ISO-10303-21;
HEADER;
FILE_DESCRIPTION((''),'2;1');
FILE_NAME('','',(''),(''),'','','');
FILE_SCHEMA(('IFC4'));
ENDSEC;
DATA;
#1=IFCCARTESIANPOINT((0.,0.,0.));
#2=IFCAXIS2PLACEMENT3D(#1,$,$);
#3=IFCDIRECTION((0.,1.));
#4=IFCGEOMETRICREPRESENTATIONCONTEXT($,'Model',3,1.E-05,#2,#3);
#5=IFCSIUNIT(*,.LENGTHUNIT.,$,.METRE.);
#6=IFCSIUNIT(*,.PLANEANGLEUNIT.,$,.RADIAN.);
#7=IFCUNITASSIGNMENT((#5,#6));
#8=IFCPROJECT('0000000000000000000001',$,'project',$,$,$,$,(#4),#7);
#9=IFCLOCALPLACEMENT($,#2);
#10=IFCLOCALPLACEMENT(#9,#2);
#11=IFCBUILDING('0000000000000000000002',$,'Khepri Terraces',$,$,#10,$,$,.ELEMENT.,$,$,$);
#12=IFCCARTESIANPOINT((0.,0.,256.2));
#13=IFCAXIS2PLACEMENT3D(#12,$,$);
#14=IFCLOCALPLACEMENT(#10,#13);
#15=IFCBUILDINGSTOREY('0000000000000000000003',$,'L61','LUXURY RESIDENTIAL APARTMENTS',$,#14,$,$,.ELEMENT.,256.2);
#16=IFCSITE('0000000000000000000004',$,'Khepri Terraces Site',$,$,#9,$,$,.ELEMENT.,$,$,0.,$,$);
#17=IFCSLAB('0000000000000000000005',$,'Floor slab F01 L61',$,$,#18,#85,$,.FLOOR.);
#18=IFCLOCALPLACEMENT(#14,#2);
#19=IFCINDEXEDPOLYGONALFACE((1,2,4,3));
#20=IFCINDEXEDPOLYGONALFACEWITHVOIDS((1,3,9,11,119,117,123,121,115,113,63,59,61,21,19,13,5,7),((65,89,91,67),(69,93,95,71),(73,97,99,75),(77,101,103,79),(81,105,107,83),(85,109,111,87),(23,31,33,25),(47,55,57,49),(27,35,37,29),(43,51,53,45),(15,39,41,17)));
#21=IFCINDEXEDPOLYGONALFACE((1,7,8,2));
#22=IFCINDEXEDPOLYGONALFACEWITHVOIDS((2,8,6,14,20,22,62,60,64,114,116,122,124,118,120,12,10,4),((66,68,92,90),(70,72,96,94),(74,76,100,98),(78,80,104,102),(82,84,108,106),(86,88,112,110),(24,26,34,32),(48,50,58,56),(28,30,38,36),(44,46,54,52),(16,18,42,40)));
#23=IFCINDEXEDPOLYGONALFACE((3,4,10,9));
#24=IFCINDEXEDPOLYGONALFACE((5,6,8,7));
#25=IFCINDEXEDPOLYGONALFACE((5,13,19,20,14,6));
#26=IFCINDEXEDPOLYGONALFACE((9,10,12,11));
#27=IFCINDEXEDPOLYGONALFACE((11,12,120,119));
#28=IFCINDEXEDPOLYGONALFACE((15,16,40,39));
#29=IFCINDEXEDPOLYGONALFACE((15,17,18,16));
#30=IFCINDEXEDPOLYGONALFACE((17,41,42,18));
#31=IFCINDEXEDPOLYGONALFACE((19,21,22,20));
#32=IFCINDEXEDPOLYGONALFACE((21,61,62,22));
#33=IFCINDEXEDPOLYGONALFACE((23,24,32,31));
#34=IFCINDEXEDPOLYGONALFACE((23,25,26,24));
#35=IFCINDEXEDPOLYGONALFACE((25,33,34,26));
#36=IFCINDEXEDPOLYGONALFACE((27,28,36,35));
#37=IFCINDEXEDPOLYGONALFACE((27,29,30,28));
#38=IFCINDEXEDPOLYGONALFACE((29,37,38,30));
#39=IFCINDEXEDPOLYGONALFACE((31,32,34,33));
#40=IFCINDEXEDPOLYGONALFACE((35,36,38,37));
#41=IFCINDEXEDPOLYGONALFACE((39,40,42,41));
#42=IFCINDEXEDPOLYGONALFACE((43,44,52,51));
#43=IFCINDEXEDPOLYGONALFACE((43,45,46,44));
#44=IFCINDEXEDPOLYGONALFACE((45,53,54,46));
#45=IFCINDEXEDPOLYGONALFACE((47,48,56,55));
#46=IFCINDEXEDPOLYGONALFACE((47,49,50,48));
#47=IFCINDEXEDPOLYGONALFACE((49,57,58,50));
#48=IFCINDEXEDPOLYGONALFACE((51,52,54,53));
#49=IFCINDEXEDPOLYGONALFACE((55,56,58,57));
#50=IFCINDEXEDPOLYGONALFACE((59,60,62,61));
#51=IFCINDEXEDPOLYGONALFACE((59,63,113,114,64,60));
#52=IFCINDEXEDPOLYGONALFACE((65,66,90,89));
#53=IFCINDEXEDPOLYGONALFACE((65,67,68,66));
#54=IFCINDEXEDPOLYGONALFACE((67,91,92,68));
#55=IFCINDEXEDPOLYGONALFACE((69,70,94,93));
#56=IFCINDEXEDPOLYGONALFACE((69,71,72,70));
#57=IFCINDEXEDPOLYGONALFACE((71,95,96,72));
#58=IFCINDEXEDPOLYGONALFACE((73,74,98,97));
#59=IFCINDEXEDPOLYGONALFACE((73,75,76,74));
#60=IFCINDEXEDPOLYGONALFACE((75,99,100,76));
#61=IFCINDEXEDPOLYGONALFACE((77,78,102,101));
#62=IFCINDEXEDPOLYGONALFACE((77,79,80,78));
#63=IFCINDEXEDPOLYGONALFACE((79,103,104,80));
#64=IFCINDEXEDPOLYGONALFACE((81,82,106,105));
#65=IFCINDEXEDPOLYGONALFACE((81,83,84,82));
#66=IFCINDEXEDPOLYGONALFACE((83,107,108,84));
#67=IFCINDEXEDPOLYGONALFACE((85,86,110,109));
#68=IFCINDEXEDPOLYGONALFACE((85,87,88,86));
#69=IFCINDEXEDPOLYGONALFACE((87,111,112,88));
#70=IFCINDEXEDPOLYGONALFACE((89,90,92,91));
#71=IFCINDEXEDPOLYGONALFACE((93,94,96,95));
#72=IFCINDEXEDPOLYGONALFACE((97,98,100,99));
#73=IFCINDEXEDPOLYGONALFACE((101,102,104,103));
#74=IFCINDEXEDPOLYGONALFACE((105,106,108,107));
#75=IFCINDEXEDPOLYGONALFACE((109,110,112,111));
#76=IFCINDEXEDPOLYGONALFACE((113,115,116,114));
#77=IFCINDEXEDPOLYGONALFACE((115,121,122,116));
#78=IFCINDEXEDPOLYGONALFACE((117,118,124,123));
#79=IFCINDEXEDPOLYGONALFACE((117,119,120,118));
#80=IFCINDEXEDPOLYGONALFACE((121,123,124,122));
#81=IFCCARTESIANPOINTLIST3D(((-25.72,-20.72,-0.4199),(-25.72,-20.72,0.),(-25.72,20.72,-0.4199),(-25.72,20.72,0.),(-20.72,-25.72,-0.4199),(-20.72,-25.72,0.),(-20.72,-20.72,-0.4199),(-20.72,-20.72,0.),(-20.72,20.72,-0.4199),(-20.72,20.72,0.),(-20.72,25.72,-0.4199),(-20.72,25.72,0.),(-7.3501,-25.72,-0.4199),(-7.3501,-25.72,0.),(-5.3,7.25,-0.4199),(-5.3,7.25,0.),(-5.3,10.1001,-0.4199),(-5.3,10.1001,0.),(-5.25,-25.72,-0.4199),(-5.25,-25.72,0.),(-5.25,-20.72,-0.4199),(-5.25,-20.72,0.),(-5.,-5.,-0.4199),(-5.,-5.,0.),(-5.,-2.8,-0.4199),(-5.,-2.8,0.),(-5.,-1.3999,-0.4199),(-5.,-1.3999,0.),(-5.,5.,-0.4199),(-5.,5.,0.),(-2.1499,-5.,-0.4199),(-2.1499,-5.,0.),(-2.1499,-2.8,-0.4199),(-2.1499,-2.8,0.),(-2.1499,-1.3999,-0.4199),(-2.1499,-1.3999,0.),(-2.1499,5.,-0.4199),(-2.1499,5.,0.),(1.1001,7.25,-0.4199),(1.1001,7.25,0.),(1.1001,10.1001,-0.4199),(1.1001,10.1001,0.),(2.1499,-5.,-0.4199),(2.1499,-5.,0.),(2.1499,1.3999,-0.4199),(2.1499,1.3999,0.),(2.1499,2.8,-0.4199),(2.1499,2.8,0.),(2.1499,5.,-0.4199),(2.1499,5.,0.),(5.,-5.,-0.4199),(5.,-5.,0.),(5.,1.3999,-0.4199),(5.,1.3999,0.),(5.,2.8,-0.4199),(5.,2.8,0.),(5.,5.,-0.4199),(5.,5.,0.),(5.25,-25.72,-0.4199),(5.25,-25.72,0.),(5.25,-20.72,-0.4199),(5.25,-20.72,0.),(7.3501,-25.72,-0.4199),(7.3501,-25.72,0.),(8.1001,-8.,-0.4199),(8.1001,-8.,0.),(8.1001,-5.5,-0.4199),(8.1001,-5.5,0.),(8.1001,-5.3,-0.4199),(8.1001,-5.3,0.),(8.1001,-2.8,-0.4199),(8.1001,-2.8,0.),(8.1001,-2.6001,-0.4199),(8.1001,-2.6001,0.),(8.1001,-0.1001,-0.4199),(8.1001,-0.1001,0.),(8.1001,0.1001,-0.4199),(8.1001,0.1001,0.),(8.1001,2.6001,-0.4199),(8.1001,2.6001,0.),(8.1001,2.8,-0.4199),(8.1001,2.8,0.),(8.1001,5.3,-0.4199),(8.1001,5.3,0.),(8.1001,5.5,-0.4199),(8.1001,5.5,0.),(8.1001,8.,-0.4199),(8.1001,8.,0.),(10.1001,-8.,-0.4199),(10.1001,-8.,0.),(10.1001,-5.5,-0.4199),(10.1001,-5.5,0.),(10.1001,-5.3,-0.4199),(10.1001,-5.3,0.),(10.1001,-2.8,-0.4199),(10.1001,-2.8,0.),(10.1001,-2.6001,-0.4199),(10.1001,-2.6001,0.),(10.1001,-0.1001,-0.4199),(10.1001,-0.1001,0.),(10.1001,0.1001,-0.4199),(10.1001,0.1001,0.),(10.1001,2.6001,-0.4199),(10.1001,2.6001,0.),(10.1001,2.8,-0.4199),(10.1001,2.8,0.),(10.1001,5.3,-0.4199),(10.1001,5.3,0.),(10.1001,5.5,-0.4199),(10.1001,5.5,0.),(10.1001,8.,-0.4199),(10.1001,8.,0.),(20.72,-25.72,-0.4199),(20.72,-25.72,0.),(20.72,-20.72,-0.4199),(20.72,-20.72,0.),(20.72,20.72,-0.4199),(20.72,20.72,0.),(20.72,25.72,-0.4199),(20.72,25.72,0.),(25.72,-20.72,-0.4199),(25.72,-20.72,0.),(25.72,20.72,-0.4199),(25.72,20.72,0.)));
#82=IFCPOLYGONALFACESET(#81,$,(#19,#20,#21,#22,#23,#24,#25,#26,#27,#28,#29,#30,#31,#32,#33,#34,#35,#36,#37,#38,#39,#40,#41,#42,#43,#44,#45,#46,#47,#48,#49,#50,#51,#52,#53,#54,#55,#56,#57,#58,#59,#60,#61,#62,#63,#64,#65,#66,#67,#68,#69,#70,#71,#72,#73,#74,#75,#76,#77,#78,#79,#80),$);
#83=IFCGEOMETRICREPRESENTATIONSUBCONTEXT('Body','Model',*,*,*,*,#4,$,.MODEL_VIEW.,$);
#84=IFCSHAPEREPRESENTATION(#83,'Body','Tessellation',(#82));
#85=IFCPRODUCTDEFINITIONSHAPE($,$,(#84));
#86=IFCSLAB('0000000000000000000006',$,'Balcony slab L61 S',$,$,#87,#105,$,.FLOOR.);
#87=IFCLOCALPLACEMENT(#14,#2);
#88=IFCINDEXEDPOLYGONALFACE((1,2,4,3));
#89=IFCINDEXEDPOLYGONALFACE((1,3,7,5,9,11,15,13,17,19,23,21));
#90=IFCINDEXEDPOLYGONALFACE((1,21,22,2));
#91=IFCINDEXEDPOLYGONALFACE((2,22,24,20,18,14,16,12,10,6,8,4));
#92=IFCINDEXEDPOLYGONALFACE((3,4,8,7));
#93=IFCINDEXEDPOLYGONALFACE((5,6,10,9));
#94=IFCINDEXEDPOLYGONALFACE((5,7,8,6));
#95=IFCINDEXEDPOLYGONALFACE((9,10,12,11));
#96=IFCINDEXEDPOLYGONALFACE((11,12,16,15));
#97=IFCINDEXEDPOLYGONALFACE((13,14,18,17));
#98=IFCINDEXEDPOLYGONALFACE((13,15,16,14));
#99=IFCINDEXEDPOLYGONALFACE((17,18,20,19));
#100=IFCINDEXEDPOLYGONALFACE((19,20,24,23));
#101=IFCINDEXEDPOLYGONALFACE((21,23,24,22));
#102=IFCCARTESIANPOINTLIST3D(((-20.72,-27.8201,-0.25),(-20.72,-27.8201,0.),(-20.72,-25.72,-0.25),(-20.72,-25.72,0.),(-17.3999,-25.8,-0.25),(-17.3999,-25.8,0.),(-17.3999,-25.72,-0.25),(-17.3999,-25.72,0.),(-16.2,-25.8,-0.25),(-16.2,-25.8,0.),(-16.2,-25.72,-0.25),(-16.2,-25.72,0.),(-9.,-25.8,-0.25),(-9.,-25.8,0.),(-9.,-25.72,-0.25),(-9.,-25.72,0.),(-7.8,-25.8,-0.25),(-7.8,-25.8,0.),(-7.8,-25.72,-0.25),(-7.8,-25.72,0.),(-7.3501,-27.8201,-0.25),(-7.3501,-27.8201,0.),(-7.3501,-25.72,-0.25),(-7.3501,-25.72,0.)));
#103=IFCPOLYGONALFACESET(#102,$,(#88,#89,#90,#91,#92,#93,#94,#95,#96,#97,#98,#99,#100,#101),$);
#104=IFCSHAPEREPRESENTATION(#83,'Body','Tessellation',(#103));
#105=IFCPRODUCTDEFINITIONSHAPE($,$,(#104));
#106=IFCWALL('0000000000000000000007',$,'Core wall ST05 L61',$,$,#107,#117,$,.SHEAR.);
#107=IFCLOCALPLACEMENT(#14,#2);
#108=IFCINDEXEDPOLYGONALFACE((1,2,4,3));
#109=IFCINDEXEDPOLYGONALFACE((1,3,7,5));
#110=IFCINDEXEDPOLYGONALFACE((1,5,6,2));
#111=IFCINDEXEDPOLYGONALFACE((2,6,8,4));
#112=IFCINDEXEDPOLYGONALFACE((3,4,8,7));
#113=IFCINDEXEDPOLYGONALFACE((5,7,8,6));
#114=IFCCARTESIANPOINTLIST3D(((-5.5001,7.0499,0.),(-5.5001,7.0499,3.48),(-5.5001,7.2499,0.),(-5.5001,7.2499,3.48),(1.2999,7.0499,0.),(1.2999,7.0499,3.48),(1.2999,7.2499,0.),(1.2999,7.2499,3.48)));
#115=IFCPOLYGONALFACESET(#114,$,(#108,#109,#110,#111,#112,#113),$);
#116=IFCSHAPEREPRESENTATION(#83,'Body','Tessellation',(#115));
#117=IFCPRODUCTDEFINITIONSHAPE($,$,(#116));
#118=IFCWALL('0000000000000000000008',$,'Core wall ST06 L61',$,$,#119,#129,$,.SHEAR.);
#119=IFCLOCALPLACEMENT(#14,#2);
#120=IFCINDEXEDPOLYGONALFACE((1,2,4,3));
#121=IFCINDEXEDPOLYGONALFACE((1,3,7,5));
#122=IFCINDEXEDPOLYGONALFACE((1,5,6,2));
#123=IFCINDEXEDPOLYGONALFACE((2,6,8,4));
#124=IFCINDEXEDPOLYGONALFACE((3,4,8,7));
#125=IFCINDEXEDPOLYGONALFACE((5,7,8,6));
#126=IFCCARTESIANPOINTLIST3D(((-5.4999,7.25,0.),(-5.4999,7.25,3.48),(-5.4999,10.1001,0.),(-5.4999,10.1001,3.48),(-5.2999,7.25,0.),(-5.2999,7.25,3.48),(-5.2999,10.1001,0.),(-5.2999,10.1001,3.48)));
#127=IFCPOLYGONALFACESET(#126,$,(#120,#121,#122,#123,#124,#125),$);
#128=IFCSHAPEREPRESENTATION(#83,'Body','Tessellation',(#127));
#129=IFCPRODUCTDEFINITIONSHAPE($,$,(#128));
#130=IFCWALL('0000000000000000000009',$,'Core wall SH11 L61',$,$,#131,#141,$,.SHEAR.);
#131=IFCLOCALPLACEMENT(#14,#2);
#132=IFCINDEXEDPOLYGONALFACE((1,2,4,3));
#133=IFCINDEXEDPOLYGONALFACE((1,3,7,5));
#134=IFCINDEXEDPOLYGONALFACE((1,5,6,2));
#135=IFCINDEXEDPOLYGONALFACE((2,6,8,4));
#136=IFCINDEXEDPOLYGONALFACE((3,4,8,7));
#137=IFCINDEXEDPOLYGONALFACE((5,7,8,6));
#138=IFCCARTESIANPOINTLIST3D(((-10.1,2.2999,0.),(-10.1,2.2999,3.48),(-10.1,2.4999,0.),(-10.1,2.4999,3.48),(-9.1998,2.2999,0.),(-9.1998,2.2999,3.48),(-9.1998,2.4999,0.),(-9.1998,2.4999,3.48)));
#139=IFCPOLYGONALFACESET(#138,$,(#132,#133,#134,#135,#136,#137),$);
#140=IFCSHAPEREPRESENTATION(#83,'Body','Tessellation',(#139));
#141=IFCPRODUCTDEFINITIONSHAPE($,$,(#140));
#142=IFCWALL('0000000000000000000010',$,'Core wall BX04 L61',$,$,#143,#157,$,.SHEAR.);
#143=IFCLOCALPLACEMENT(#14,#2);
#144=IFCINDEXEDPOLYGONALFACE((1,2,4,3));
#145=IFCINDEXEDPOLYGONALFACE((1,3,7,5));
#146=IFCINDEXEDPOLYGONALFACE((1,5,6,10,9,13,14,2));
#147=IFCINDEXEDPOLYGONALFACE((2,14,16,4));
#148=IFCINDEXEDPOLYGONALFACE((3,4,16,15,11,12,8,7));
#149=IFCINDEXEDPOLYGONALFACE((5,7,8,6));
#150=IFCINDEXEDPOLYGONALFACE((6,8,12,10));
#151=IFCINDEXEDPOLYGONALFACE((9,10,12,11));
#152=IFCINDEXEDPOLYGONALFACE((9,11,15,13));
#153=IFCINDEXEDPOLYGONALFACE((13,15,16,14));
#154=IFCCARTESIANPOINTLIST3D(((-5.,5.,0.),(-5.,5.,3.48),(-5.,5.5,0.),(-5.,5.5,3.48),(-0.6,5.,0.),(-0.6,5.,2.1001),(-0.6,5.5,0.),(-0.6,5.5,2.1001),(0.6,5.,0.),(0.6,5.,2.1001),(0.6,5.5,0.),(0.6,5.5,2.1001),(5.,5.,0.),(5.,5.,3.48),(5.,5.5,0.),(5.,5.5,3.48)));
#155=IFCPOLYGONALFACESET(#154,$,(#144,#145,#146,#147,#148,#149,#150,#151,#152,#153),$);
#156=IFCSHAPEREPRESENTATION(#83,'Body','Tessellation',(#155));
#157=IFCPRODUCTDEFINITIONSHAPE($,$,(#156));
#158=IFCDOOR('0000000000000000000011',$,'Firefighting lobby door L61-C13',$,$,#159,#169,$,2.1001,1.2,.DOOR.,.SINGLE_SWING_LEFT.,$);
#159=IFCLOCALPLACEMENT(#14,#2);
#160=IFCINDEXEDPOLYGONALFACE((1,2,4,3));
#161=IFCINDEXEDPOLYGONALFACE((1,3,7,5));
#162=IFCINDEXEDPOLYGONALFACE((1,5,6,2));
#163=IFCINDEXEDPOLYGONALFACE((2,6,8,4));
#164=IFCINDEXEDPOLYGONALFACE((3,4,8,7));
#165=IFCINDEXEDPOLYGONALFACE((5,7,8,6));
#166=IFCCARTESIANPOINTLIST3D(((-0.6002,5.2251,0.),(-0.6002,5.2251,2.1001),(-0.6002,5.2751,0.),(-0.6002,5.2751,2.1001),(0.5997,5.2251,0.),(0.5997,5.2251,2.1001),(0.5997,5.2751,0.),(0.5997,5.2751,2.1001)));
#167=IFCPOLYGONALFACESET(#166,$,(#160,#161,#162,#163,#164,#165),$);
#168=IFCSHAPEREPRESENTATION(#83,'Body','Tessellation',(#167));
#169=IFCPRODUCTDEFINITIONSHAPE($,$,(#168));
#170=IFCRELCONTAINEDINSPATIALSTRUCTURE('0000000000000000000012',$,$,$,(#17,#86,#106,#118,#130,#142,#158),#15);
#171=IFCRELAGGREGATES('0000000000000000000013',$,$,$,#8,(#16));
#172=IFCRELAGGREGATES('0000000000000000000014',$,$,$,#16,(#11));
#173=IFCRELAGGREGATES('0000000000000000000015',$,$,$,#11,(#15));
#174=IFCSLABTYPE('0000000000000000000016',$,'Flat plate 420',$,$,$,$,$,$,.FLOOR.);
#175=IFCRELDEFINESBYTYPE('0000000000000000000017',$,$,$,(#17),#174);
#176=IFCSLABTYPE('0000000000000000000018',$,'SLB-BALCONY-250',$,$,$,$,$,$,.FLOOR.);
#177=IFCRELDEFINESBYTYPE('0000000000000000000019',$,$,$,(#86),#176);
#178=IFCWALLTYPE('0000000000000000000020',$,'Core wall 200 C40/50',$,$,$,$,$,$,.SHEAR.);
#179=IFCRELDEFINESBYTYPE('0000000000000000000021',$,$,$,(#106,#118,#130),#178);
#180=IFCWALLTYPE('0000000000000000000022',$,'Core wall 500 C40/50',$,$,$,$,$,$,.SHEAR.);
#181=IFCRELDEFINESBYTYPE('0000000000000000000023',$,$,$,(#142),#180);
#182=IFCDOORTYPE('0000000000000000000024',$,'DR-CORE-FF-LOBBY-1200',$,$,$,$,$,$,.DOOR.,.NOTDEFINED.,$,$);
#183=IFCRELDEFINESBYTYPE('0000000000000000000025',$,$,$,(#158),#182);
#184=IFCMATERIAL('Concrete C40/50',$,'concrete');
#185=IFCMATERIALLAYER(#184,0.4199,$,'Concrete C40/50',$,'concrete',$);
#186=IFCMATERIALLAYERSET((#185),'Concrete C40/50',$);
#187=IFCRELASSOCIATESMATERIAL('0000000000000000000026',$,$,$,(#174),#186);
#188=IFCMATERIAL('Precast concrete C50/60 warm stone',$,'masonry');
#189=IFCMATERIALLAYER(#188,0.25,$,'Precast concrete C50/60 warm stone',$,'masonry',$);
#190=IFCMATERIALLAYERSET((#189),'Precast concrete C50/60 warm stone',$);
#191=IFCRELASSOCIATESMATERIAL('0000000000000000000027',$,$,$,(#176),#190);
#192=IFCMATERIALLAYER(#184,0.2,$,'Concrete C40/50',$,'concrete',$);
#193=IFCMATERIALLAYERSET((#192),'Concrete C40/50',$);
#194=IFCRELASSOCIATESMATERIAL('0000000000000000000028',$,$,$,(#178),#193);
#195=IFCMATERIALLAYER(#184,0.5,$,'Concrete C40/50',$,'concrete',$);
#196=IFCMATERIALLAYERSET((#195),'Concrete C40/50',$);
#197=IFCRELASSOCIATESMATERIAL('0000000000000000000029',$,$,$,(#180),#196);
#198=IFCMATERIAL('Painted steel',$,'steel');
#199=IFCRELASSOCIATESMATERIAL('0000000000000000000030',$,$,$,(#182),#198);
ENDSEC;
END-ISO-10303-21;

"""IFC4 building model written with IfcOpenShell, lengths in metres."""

from ifc_helpers import new_model, si_unit, direction, frame, frame_2d, origin, place, context, subcontext, project, spatial, polyline, rectangle, outline, extrude, material, layer, layer_set, type_object, element, fill, save


model = new_model("IFC4")

# Units and contexts
model_context = context("Model", 3, precision=1e-05, world=origin(), true_north=direction((0.0, 1.0)))
body_context = subcontext(model_context, "Body", "Model", "MODEL_VIEW")
ifc_project = project(units=[si_unit("LENGTHUNIT", "METRE"), si_unit("PLANEANGLEUNIT", "RADIAN")], contexts=[model_context])

# Site, building, storey
site_placement = place(None, origin())
site = spatial("IfcSite", under=ifc_project, at=site_placement, Name="Khepri Terraces Site", CompositionType="ELEMENT", RefElevation=0.0)
building_placement = place(site_placement, origin())
building = spatial("IfcBuilding", under=site, at=building_placement, Name="Khepri Terraces", CompositionType="ELEMENT")
storey_placement = place(building_placement, frame((0.0, 0.0, 256.2)))
storey = spatial("IfcBuildingStorey", under=building, at=storey_placement, Name="L61", Description="LUXURY RESIDENTIAL APARTMENTS", CompositionType="ELEMENT", Elevation=256.2)

# Slabs
ifc_material_1 = material(Name="Concrete C40/50", Category="concrete")
ifc_layer_1 = layer(ifc_material_1, 0.4199, Name="Concrete C40/50", Category="concrete")
ifc_layer_set_1 = layer_set([ifc_layer_1], Name="Concrete C40/50")
slab_type_1 = type_object("IfcSlabType", Name="Flat plate 420", PredefinedType="FLOOR", material=ifc_layer_set_1)
slab_1_placement = place(storey_placement, frame((0.0, 0.0, -0.4199)))
element("IfcSlab", 1, at=slab_1_placement, inside=storey, type_object=slab_type_1, Name="Floor slab F01 L61", PredefinedType="FLOOR", context=body_context, shape_type="SweptSolid", body=[
    extrude(outline(polyline([(25.72, -20.72), (20.72, -20.72), (20.72, -25.72), (7.3501, -25.72), (5.25, -25.72), (5.25, -20.72), (-5.25, -20.72), (-5.25, -25.72), (-7.3501, -25.72), (-20.72, -25.72), (-20.72, -20.72), (-25.72, -20.72), (-25.72, 20.72), (-20.72, 20.72), (-20.72, 25.72), (20.72, 25.72), (20.72, 20.72), (25.72, 20.72), (25.72, -20.72)]), holes=[polyline([(2.1499, 2.8), (5.0, 2.8), (5.0, 5.0), (2.1499, 5.0), (2.1499, 2.8)]), polyline([(-5.0, -2.8), (-5.0, -5.0), (-2.1499, -5.0), (-2.1499, -2.8), (-5.0, -2.8)]), polyline([(10.1001, -5.5), (8.1001, -5.5), (8.1001, -8.0), (10.1001, -8.0), (10.1001, -5.5)]), polyline([(10.1001, -5.3), (10.1001, -2.8), (8.1001, -2.8), (8.1001, -5.3), (10.1001, -5.3)]), polyline([(8.1001, -2.6001), (10.1001, -2.6001), (10.1001, -0.1001), (8.1001, -0.1001), (8.1001, -2.6001)]), polyline([(8.1001, 2.6001), (8.1001, 0.1001), (10.1001, 0.1001), (10.1001, 2.6001), (8.1001, 2.6001)]), polyline([(10.1001, 5.3), (8.1001, 5.3), (8.1001, 2.8), (10.1001, 2.8), (10.1001, 5.3)]), polyline([(10.1001, 5.5), (10.1001, 8.0), (8.1001, 8.0), (8.1001, 5.5), (10.1001, 5.5)]), polyline([(-5.0, -1.3999), (-2.1499, -1.3999), (-2.1499, 5.0), (-5.0, 5.0), (-5.0, -1.3999)]), polyline([(5.0, -5.0), (5.0, 1.3999), (2.1499, 1.3999), (2.1499, -5.0), (5.0, -5.0)]), polyline([(-5.3, 10.1001), (-5.3, 7.25), (1.1001, 7.25), (1.1001, 10.1001), (-5.3, 10.1001)])]), origin(), (0.0, 0.0, 1.0), 0.4199),
])
ifc_material_2 = material(Name="Precast concrete C50/60 warm stone", Category="masonry")
ifc_layer_2 = layer(ifc_material_2, 0.25, Name="Precast concrete C50/60 warm stone", Category="masonry")
ifc_layer_set_2 = layer_set([ifc_layer_2], Name="Precast concrete C50/60 warm stone")
slab_type_2 = type_object("IfcSlabType", Name="SLB-BALCONY-250", PredefinedType="FLOOR", material=ifc_layer_set_2)
slab_2_placement = place(storey_placement, frame((0.0, 0.0, -0.25)))
element("IfcSlab", 2, at=slab_2_placement, inside=storey, type_object=slab_type_2, Name="Balcony slab L61 S", PredefinedType="FLOOR", context=body_context, shape_type="SweptSolid", body=[
    extrude(outline(polyline([(-17.3999, -25.72), (-20.72, -25.72), (-20.72, -27.8201), (-7.3501, -27.8201), (-7.3501, -25.72), (-7.8, -25.72), (-7.8, -25.8), (-9.0, -25.8), (-9.0, -25.72), (-16.2, -25.72), (-16.2, -25.8), (-17.3999, -25.8), (-17.3999, -25.72)])), origin(), (0.0, 0.0, 1.0), 0.25),
])

# Walls
ifc_layer_3 = layer(ifc_material_1, 0.2, Name="Concrete C40/50", Category="concrete")
ifc_layer_set_3 = layer_set([ifc_layer_3], Name="Concrete C40/50")
wall_type_1 = type_object("IfcWallType", Name="Core wall 200 C40/50", PredefinedType="SHEAR", material=ifc_layer_set_3)
wall_1_placement = place(storey_placement, frame((-5.5, 7.1499, 0.0), z_axis=(0.0, 0.0, 1.0), x_axis=(1.0, 0.0, 0.0)))
element("IfcWall", 3, at=wall_1_placement, inside=storey, type_object=wall_type_1, Name="Core wall ST05 L61", PredefinedType="SHEAR", context=body_context, shape_type="SweptSolid", body=[
    extrude(rectangle(XDim=6.8, YDim=0.2, at=frame_2d((3.3999, 0.0))), origin(), (0.0, 0.0, 1.0), 3.48),
])
wall_2_placement = place(storey_placement, frame((-5.3999, 7.25, 0.0), z_axis=(0.0, 0.0, 1.0), x_axis=(0.0, 1.0, 0.0)))
element("IfcWall", 4, at=wall_2_placement, inside=storey, type_object=wall_type_1, Name="Core wall ST06 L61", PredefinedType="SHEAR", context=body_context, shape_type="SweptSolid", body=[
    extrude(rectangle(XDim=2.8501, YDim=0.2, at=frame_2d((1.425, 0.0))), origin(), (0.0, 0.0, 1.0), 3.48),
])
wall_3_placement = place(storey_placement, frame((-10.1001, 2.3999, 0.0), z_axis=(0.0, 0.0, 1.0), x_axis=(1.0, 0.0, 0.0)))
element("IfcWall", 5, at=wall_3_placement, inside=storey, type_object=wall_type_1, Name="Core wall SH11 L61", PredefinedType="SHEAR", context=body_context, shape_type="SweptSolid", body=[
    extrude(rectangle(XDim=0.9001, YDim=0.2, at=frame_2d((0.4502, 0.0))), origin(), (0.0, 0.0, 1.0), 3.48),
])

# Wall, opening, door
ifc_layer_4 = layer(ifc_material_1, 0.5, Name="Concrete C40/50", Category="concrete")
ifc_layer_set_4 = layer_set([ifc_layer_4], Name="Concrete C40/50")
wall_type_2 = type_object("IfcWallType", Name="Core wall 500 C40/50", PredefinedType="SHEAR", material=ifc_layer_set_4)
wall_4_placement = place(storey_placement, frame((-5.0, 5.25, 0.0), z_axis=(0.0, 0.0, 1.0), x_axis=(1.0, 0.0, 0.0)))
wall_4 = element("IfcWall", 6, at=wall_4_placement, inside=storey, type_object=wall_type_2, Name="Core wall BX04 L61", PredefinedType="SHEAR", context=body_context, shape_type="SweptSolid", body=[
    extrude(rectangle(XDim=10.0, YDim=0.5, at=frame_2d((5.0, 0.0))), origin(), (0.0, 0.0, 1.0), 3.48),
])
opening_1_placement = place(wall_4_placement, frame((4.3999, 0.0, 0.0)))
opening_1 = element("IfcOpeningElement", 7, at=opening_1_placement, cuts=wall_4, PredefinedType="OPENING", context=body_context, shape_type="SweptSolid", body=[
    extrude(rectangle(XDim=1.2, YDim=2.1001, at=frame_2d((0.6001, 1.05))), frame((0.0, 0.26, 0.0), z_axis=(0.0, -1.0, 0.0), x_axis=(1.0, 0.0, 0.0)), (0.0, 0.0, 1.0), 0.52),
])
ifc_material_3 = material(Name="Painted steel", Category="steel")
door_type_1 = type_object("IfcDoorType", Name="DR-CORE-FF-LOBBY-1200", OperationType="NOTDEFINED", PredefinedType="DOOR", material=ifc_material_3)
door_1_placement = place(opening_1_placement, frame((1.2, 0.0, 0.0), z_axis=(0.0, 0.0, 1.0), x_axis=(-1.0, 0.0, 0.0)))
door_1 = element("IfcDoor", 8, at=door_1_placement, inside=storey, type_object=door_type_1, Name="Firefighting lobby door L61-C13", OperationType="SINGLE_SWING_LEFT", OverallHeight=2.1001, OverallWidth=1.2, PredefinedType="DOOR", context=body_context, shape_type="SweptSolid", body=[
    extrude(rectangle(XDim=1.2, YDim=2.1001, at=frame_2d((0.6001, 1.05))), frame((0.0, 0.0249, 0.0), z_axis=(0.0, -1.0, 0.0), x_axis=(1.0, 0.0, 0.0)), (0.0, 0.0, 1.0), 0.05),
])
fill(opening_1, door_1)

save(model, "model.ifc")
